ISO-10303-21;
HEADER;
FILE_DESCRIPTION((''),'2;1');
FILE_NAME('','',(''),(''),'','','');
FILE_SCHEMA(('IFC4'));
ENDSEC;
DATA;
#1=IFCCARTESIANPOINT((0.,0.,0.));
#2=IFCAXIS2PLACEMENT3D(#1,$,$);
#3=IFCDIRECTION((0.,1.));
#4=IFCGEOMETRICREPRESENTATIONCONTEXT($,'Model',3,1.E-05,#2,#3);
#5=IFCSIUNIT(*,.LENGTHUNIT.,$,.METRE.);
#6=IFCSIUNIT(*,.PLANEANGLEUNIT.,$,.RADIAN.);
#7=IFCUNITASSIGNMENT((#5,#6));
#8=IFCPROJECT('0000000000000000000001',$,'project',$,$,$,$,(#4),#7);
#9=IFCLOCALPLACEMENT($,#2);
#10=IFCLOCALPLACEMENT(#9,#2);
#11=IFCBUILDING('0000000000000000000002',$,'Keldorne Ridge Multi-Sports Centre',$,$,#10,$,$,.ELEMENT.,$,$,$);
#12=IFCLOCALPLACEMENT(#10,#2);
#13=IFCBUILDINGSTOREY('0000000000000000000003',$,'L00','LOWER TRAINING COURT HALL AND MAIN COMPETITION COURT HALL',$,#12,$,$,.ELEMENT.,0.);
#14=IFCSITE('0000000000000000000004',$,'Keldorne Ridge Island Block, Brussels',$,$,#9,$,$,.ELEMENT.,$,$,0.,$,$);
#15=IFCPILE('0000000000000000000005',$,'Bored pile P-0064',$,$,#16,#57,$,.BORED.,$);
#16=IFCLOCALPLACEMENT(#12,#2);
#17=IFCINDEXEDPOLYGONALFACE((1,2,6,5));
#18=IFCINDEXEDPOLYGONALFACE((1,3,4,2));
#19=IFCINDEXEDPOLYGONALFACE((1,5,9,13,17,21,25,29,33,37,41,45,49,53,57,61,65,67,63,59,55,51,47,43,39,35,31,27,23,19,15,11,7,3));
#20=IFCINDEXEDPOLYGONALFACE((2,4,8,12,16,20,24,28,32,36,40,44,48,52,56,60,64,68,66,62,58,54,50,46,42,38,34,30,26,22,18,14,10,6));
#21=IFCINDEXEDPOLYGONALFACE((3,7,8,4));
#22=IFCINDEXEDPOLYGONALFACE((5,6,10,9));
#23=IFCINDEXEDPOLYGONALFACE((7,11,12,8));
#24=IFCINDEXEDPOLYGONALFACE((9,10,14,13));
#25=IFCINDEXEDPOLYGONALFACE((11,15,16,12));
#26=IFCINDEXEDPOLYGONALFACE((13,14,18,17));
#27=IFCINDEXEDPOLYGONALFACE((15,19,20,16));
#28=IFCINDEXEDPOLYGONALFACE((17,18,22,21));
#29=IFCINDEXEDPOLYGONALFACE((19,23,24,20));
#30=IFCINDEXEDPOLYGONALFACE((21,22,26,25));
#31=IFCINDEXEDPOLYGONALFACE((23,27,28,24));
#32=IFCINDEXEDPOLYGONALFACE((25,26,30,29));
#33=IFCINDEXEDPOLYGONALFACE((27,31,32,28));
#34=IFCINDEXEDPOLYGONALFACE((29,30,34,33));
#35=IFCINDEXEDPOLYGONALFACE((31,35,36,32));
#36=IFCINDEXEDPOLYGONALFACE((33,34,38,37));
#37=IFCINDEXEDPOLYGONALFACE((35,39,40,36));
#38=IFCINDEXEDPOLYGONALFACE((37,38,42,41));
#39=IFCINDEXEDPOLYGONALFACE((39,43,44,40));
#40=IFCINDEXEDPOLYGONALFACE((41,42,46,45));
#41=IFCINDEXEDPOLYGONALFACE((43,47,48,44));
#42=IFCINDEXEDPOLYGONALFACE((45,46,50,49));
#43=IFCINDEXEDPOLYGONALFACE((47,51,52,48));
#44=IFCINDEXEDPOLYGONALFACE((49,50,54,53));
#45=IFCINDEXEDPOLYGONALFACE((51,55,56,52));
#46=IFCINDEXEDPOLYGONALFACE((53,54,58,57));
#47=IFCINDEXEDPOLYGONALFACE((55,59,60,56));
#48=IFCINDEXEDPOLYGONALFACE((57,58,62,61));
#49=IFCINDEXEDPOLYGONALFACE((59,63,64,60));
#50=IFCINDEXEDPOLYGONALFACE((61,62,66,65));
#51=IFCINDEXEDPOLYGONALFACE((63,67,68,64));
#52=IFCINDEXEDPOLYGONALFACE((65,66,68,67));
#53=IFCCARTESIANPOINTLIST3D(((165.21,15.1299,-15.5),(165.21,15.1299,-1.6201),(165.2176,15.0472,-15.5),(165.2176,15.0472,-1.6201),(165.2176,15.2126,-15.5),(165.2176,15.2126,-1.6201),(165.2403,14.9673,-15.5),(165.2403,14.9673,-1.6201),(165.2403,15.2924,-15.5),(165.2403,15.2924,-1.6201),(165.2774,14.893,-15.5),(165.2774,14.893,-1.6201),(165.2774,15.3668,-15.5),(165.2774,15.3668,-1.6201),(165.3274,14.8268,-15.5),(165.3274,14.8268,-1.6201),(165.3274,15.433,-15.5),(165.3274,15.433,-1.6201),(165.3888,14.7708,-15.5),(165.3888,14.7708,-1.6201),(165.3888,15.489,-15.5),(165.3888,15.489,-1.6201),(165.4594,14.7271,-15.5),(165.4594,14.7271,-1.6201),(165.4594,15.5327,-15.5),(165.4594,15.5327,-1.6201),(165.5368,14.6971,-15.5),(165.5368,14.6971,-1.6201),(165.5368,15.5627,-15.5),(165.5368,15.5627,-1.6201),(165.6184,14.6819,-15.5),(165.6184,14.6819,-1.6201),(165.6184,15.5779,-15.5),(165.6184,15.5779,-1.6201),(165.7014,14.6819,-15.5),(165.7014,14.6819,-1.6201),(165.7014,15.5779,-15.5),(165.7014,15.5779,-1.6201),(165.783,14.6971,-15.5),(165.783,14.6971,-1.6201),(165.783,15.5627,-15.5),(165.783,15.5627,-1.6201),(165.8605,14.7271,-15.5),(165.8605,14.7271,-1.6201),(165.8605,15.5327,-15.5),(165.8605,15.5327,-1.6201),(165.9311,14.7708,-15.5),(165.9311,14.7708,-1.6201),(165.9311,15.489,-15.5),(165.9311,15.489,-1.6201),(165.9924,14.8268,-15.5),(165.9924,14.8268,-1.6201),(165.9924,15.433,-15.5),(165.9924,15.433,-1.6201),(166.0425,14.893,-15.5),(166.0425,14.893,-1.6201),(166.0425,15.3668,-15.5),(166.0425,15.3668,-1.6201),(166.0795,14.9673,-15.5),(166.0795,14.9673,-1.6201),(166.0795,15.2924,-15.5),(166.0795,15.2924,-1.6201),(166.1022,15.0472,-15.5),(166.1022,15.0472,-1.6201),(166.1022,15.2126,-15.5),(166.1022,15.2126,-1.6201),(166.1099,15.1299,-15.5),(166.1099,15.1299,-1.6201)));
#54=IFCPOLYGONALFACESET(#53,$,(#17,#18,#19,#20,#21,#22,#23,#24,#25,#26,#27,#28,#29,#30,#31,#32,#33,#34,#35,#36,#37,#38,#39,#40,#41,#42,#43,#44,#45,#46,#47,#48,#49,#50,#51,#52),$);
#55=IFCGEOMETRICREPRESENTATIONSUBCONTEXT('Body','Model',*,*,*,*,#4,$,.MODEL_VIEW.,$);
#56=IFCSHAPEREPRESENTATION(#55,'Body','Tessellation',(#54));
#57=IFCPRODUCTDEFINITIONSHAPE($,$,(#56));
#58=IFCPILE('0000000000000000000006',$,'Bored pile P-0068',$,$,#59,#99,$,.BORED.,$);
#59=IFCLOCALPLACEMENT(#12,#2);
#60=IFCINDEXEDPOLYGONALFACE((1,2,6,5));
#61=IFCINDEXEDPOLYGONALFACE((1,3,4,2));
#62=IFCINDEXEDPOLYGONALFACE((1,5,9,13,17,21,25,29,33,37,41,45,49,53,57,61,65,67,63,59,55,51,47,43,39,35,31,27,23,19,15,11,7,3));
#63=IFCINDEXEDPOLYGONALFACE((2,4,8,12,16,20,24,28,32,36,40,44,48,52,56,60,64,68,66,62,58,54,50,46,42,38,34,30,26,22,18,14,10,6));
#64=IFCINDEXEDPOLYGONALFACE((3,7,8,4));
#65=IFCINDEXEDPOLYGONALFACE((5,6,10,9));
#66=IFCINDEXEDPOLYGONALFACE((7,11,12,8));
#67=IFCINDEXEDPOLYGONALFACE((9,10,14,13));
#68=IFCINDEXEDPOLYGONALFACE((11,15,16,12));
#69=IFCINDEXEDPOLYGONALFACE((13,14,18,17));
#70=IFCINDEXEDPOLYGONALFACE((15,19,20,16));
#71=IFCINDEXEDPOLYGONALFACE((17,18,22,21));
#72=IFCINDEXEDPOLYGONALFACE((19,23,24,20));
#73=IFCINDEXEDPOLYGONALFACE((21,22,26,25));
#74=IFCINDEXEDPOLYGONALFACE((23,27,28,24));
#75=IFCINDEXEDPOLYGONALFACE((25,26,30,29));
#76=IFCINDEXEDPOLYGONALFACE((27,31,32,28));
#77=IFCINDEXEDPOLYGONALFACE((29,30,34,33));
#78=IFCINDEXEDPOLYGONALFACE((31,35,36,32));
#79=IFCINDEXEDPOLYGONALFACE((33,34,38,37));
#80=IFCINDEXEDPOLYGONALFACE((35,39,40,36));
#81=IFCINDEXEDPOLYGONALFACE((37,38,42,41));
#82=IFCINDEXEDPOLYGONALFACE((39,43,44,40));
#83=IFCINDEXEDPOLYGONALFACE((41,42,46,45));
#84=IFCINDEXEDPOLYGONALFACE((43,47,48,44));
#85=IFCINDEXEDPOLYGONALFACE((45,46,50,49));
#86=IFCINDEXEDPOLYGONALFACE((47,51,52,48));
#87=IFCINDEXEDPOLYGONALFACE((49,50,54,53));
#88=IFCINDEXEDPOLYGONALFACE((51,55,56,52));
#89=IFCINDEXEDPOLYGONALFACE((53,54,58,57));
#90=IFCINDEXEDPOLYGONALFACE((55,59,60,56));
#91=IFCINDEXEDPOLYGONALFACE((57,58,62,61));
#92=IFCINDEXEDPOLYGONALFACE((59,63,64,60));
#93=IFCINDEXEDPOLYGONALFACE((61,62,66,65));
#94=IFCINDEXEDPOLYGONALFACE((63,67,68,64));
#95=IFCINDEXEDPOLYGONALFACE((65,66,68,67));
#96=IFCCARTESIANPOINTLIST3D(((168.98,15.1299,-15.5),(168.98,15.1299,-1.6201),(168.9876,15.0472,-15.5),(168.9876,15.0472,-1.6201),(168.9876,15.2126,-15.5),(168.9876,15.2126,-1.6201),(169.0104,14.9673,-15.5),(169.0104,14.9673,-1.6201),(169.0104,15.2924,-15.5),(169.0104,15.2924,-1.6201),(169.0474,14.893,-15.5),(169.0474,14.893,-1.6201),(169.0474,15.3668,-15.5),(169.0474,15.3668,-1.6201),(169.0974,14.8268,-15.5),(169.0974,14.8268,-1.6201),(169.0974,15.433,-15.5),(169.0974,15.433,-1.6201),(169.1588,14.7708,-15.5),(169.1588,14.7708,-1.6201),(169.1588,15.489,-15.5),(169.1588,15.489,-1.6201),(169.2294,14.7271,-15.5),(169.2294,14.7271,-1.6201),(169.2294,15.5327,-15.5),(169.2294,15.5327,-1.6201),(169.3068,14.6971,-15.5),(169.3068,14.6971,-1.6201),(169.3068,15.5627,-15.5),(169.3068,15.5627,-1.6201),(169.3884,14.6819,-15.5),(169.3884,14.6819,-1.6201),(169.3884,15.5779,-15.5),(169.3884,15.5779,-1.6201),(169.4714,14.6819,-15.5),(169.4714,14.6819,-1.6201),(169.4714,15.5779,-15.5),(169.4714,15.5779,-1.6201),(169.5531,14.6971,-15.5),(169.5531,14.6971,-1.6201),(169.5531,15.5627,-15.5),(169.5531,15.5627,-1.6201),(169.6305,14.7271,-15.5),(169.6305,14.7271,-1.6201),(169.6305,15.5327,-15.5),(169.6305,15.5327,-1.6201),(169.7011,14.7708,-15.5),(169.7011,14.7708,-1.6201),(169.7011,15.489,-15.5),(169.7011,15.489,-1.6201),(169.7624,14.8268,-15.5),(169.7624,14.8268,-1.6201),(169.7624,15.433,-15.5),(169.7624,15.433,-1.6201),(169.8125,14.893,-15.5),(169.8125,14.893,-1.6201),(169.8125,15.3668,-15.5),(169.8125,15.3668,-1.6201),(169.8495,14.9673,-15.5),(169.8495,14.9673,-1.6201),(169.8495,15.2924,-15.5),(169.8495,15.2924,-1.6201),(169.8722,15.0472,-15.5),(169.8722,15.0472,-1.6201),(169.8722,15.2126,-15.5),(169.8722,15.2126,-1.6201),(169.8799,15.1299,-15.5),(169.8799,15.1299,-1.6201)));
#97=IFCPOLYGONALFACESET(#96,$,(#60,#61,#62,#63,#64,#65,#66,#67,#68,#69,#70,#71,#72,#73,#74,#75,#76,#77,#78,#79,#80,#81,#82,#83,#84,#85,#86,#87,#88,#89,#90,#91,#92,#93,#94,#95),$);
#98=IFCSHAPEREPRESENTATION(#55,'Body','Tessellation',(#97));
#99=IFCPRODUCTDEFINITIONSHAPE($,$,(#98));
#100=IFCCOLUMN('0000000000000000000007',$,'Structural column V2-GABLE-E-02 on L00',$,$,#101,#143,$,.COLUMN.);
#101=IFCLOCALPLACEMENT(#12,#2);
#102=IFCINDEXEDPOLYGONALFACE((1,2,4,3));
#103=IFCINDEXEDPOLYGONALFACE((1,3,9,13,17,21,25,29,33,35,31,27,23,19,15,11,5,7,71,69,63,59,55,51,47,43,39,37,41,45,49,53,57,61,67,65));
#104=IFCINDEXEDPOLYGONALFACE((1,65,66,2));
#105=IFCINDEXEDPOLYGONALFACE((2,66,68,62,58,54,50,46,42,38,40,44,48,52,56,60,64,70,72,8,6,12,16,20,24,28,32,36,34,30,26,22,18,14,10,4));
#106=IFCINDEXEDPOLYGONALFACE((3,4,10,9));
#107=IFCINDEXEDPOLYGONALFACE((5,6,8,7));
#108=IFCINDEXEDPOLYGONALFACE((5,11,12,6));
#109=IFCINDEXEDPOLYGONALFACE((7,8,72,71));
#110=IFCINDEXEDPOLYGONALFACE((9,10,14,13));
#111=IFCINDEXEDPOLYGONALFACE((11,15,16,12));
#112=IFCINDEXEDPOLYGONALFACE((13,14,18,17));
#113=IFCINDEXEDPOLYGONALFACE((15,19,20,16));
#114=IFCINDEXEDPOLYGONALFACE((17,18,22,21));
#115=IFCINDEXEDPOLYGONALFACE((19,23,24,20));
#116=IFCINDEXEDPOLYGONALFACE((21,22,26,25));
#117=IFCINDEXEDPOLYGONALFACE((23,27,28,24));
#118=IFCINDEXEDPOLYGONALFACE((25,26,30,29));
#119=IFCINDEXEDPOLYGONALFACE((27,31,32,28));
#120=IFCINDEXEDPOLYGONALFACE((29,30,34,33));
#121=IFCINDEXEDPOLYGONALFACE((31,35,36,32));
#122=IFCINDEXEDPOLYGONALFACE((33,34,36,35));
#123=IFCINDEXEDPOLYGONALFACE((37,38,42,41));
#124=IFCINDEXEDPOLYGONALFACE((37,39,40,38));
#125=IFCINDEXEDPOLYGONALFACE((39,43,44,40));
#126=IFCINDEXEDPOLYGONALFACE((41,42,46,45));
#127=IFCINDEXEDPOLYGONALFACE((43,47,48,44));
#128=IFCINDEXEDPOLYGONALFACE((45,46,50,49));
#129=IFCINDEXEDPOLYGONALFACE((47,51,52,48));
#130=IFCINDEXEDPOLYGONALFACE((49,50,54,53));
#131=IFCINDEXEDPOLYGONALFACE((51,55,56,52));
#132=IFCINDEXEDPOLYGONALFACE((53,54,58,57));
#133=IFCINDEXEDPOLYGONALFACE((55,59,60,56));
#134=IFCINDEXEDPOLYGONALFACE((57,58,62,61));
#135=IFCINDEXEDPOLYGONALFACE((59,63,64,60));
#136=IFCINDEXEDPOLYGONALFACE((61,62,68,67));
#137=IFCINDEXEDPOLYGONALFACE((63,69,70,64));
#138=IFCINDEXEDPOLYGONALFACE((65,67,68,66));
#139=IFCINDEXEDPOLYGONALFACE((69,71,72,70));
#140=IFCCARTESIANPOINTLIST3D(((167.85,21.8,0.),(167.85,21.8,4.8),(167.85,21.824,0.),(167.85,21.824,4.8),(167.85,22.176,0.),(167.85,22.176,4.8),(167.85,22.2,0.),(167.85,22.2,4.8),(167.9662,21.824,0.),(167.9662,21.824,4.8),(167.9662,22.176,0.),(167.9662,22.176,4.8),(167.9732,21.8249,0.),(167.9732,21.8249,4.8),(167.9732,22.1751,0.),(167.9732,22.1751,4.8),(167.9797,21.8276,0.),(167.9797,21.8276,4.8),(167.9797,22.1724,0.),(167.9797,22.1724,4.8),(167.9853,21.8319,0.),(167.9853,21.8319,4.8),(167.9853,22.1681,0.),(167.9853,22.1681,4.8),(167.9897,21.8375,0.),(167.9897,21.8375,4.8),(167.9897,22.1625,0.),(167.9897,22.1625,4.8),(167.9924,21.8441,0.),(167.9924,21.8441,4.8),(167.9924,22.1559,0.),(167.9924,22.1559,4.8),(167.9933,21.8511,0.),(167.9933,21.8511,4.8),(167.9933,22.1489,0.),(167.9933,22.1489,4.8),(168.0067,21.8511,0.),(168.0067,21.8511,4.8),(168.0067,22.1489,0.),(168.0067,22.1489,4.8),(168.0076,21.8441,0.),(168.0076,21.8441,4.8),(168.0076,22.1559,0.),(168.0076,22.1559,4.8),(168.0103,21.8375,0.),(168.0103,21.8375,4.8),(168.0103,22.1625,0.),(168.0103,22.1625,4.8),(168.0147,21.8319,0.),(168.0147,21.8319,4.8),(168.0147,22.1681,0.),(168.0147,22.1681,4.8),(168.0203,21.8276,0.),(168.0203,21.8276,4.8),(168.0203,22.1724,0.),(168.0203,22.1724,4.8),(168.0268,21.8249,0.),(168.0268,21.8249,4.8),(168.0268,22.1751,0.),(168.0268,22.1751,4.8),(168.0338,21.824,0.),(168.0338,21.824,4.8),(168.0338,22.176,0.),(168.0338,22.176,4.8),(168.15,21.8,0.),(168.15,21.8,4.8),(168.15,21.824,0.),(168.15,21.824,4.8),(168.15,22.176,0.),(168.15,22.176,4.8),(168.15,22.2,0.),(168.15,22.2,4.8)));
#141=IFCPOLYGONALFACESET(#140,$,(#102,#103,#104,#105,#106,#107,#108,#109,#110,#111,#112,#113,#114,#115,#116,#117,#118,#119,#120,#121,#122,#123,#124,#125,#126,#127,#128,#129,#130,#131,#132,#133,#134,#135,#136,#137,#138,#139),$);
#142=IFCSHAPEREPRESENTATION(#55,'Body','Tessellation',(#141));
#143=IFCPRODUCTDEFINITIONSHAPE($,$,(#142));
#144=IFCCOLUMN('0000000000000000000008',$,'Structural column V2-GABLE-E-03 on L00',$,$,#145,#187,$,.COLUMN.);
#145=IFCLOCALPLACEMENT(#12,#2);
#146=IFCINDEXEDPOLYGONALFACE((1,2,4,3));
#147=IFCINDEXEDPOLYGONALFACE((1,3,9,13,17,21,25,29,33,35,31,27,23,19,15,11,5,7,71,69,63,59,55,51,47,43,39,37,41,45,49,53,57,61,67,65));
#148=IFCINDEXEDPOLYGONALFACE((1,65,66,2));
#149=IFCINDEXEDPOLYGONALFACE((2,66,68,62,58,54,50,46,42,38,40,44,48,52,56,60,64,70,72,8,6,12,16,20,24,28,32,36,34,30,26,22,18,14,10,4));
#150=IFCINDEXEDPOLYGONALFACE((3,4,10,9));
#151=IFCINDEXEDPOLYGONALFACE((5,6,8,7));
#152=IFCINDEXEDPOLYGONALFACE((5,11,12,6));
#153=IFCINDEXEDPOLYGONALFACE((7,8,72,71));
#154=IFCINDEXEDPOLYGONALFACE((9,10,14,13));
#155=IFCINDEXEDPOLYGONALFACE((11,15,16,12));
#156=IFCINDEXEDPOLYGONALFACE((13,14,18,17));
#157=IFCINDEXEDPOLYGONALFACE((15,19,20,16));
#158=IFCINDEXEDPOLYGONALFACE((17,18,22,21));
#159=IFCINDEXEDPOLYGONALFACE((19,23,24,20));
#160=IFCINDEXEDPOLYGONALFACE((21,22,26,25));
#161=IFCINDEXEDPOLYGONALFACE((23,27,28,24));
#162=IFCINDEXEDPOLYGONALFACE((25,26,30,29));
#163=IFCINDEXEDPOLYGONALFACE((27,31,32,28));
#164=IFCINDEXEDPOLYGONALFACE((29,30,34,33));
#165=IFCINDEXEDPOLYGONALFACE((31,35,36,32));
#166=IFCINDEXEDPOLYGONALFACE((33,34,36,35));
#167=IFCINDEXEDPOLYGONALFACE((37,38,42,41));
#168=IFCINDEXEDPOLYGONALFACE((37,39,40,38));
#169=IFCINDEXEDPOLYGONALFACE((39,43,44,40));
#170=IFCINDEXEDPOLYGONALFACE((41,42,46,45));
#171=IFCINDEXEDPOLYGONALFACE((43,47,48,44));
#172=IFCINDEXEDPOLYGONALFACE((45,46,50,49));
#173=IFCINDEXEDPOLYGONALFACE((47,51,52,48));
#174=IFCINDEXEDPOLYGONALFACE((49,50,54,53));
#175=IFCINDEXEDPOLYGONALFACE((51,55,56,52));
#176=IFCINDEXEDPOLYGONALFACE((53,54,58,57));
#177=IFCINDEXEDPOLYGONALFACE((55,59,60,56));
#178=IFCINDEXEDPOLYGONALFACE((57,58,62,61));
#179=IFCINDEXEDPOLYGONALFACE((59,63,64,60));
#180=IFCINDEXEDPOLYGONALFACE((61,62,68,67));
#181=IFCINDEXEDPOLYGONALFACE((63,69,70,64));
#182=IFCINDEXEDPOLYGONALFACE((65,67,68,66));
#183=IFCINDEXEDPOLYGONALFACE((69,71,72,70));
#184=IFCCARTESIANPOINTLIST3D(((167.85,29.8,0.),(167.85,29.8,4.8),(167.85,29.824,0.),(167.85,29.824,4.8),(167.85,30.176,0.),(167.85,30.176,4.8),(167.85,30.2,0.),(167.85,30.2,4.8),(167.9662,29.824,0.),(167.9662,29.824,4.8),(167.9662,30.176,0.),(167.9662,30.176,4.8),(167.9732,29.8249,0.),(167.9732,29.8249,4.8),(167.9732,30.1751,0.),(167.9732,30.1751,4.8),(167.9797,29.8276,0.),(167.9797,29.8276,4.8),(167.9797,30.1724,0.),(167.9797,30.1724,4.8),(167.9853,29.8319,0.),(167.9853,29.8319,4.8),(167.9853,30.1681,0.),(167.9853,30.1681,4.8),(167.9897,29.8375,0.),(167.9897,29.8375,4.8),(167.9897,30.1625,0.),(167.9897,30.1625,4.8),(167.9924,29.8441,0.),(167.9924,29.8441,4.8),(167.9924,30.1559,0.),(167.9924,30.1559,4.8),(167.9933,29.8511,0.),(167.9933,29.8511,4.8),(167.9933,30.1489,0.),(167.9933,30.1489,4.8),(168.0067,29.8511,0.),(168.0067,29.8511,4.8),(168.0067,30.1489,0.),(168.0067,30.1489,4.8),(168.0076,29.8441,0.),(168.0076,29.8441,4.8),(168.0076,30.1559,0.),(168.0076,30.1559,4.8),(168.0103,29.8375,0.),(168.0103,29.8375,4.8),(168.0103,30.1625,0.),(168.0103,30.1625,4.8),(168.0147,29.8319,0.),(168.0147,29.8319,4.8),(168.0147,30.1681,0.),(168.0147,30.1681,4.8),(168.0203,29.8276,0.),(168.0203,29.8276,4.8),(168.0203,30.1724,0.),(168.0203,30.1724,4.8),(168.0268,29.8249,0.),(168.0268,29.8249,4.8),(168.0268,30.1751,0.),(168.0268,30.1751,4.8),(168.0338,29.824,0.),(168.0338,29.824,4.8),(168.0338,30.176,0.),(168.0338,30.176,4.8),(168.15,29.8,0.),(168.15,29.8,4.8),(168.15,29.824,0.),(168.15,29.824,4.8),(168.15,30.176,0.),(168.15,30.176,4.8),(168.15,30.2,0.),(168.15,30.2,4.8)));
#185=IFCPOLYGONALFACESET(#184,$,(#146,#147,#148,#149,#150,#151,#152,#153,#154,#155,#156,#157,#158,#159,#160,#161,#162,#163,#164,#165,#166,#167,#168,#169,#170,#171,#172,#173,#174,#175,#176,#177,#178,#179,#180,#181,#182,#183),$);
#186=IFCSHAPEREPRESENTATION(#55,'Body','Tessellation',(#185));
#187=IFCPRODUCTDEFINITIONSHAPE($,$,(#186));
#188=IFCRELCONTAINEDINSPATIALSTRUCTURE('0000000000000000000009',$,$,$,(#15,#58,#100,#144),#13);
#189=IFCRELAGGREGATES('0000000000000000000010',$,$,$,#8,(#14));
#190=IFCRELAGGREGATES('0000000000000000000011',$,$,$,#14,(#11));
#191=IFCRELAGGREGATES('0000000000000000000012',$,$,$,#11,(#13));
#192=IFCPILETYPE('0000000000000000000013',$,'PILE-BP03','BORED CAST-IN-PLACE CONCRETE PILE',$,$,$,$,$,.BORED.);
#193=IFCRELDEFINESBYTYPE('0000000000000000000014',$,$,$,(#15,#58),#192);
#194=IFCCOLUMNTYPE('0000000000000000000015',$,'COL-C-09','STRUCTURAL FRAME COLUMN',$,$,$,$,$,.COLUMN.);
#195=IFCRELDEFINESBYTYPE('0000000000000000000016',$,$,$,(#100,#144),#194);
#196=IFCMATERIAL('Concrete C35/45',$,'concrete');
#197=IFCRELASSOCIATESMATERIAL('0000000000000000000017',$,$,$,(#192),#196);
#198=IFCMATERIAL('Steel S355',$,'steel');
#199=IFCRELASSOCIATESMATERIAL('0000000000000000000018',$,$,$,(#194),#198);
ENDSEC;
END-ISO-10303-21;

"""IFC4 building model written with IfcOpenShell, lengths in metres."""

from ifc_helpers import new_model, si_unit, direction, frame, origin, origin_2d, place, context, subcontext, project, spatial, circle, i_section, extrude, material, material_profile, profile_set, type_object, element, save


model = new_model("IFC4")

# Units and contexts
model_context = context("Model", 3, precision=1e-05, world=origin(), true_north=direction((0.0, 1.0)))
body_context = subcontext(model_context, "Body", "Model", "MODEL_VIEW")
ifc_project = project(units=[si_unit("LENGTHUNIT", "METRE"), si_unit("PLANEANGLEUNIT", "RADIAN")], contexts=[model_context])

# Site, building, storey
site_placement = place(None, origin())
site = spatial("IfcSite", under=ifc_project, at=site_placement, Name="Keldorne Ridge Island Block, Brussels", CompositionType="ELEMENT", RefElevation=0.0)
building_placement = place(site_placement, origin())
building = spatial("IfcBuilding", under=site, at=building_placement, Name="Keldorne Ridge Multi-Sports Centre", CompositionType="ELEMENT")
storey_placement = place(building_placement, origin())
storey = spatial("IfcBuildingStorey", under=building, at=storey_placement, Name="L00", Description="LOWER TRAINING COURT HALL AND MAIN COMPETITION COURT HALL", CompositionType="ELEMENT", Elevation=0.0)

# Shared definitions
ifc_material_1 = material(Name="Concrete C35/45", Category="concrete")

# Piles
ifc_material_profile_1 = material_profile(ifc_material_1, circle(Radius=0.45, at=origin_2d()), Name="BORED PILE D900")
ifc_profile_set_1 = profile_set([ifc_material_profile_1], Name="Concrete C35/45")
pile_type_1 = type_object("IfcPileType", Name="PILE-BP03", Description="BORED CAST-IN-PLACE CONCRETE PILE", PredefinedType="BORED", material=ifc_profile_set_1)
for number, where, z_axis, x_axis, name in (
    (1, (165.6599, 15.1299, -1.6201), (0.0, 0.0, -1.0), (1.0, 0.0, 0.0), "Bored pile P-0064"),
    (2, (169.4299, 15.1299, -1.6201), (0.0, 0.0, -1.0), (1.0, 0.0, 0.0), "Bored pile P-0068"),
):
    element("IfcPile", number, at=place(storey_placement, frame(where, z_axis=z_axis, x_axis=x_axis)), inside=storey, type_object=pile_type_1, Name=name, PredefinedType="BORED", context=body_context, shape_type="SweptSolid", body=[
        extrude(circle(Radius=0.45, at=origin_2d()), origin(), (0.0, 0.0, 1.0), 13.8799),
    ])

# Columns
ifc_material_2 = material(Name="Steel S355", Category="steel")
ifc_material_profile_2 = material_profile(ifc_material_2, i_section(OverallWidth=0.3, OverallDepth=0.3999, WebThickness=0.0134, FlangeThickness=0.0239, FilletRadius=0.0271, at=origin_2d()), Name="HEB 400")
ifc_profile_set_2 = profile_set([ifc_material_profile_2], Name="Steel S355")
column_type = type_object("IfcColumnType", Name="COL-C-09", Description="STRUCTURAL FRAME COLUMN", PredefinedType="COLUMN", material=ifc_profile_set_2)
for number, where, z_axis, x_axis, name in (
    (3, (168.0, 22.0, 0.0), (0.0, 0.0, 1.0), (1.0, 0.0, 0.0), "Structural column V2-GABLE-E-02 on L00"),
    (4, (168.0, 30.0, 0.0), (0.0, 0.0, 1.0), (1.0, 0.0, 0.0), "Structural column V2-GABLE-E-03 on L00"),
):
    element("IfcColumn", number, at=place(storey_placement, frame(where, z_axis=z_axis, x_axis=x_axis)), inside=storey, type_object=column_type, Name=name, PredefinedType="COLUMN", context=body_context, shape_type="SweptSolid", body=[
        extrude(i_section(OverallWidth=0.3, OverallDepth=0.3999, WebThickness=0.0134, FlangeThickness=0.0239, FilletRadius=0.0271, at=origin_2d()), origin(), (0.0, 0.0, 1.0), 4.8),
    ])

save(model, "model.ifc")
